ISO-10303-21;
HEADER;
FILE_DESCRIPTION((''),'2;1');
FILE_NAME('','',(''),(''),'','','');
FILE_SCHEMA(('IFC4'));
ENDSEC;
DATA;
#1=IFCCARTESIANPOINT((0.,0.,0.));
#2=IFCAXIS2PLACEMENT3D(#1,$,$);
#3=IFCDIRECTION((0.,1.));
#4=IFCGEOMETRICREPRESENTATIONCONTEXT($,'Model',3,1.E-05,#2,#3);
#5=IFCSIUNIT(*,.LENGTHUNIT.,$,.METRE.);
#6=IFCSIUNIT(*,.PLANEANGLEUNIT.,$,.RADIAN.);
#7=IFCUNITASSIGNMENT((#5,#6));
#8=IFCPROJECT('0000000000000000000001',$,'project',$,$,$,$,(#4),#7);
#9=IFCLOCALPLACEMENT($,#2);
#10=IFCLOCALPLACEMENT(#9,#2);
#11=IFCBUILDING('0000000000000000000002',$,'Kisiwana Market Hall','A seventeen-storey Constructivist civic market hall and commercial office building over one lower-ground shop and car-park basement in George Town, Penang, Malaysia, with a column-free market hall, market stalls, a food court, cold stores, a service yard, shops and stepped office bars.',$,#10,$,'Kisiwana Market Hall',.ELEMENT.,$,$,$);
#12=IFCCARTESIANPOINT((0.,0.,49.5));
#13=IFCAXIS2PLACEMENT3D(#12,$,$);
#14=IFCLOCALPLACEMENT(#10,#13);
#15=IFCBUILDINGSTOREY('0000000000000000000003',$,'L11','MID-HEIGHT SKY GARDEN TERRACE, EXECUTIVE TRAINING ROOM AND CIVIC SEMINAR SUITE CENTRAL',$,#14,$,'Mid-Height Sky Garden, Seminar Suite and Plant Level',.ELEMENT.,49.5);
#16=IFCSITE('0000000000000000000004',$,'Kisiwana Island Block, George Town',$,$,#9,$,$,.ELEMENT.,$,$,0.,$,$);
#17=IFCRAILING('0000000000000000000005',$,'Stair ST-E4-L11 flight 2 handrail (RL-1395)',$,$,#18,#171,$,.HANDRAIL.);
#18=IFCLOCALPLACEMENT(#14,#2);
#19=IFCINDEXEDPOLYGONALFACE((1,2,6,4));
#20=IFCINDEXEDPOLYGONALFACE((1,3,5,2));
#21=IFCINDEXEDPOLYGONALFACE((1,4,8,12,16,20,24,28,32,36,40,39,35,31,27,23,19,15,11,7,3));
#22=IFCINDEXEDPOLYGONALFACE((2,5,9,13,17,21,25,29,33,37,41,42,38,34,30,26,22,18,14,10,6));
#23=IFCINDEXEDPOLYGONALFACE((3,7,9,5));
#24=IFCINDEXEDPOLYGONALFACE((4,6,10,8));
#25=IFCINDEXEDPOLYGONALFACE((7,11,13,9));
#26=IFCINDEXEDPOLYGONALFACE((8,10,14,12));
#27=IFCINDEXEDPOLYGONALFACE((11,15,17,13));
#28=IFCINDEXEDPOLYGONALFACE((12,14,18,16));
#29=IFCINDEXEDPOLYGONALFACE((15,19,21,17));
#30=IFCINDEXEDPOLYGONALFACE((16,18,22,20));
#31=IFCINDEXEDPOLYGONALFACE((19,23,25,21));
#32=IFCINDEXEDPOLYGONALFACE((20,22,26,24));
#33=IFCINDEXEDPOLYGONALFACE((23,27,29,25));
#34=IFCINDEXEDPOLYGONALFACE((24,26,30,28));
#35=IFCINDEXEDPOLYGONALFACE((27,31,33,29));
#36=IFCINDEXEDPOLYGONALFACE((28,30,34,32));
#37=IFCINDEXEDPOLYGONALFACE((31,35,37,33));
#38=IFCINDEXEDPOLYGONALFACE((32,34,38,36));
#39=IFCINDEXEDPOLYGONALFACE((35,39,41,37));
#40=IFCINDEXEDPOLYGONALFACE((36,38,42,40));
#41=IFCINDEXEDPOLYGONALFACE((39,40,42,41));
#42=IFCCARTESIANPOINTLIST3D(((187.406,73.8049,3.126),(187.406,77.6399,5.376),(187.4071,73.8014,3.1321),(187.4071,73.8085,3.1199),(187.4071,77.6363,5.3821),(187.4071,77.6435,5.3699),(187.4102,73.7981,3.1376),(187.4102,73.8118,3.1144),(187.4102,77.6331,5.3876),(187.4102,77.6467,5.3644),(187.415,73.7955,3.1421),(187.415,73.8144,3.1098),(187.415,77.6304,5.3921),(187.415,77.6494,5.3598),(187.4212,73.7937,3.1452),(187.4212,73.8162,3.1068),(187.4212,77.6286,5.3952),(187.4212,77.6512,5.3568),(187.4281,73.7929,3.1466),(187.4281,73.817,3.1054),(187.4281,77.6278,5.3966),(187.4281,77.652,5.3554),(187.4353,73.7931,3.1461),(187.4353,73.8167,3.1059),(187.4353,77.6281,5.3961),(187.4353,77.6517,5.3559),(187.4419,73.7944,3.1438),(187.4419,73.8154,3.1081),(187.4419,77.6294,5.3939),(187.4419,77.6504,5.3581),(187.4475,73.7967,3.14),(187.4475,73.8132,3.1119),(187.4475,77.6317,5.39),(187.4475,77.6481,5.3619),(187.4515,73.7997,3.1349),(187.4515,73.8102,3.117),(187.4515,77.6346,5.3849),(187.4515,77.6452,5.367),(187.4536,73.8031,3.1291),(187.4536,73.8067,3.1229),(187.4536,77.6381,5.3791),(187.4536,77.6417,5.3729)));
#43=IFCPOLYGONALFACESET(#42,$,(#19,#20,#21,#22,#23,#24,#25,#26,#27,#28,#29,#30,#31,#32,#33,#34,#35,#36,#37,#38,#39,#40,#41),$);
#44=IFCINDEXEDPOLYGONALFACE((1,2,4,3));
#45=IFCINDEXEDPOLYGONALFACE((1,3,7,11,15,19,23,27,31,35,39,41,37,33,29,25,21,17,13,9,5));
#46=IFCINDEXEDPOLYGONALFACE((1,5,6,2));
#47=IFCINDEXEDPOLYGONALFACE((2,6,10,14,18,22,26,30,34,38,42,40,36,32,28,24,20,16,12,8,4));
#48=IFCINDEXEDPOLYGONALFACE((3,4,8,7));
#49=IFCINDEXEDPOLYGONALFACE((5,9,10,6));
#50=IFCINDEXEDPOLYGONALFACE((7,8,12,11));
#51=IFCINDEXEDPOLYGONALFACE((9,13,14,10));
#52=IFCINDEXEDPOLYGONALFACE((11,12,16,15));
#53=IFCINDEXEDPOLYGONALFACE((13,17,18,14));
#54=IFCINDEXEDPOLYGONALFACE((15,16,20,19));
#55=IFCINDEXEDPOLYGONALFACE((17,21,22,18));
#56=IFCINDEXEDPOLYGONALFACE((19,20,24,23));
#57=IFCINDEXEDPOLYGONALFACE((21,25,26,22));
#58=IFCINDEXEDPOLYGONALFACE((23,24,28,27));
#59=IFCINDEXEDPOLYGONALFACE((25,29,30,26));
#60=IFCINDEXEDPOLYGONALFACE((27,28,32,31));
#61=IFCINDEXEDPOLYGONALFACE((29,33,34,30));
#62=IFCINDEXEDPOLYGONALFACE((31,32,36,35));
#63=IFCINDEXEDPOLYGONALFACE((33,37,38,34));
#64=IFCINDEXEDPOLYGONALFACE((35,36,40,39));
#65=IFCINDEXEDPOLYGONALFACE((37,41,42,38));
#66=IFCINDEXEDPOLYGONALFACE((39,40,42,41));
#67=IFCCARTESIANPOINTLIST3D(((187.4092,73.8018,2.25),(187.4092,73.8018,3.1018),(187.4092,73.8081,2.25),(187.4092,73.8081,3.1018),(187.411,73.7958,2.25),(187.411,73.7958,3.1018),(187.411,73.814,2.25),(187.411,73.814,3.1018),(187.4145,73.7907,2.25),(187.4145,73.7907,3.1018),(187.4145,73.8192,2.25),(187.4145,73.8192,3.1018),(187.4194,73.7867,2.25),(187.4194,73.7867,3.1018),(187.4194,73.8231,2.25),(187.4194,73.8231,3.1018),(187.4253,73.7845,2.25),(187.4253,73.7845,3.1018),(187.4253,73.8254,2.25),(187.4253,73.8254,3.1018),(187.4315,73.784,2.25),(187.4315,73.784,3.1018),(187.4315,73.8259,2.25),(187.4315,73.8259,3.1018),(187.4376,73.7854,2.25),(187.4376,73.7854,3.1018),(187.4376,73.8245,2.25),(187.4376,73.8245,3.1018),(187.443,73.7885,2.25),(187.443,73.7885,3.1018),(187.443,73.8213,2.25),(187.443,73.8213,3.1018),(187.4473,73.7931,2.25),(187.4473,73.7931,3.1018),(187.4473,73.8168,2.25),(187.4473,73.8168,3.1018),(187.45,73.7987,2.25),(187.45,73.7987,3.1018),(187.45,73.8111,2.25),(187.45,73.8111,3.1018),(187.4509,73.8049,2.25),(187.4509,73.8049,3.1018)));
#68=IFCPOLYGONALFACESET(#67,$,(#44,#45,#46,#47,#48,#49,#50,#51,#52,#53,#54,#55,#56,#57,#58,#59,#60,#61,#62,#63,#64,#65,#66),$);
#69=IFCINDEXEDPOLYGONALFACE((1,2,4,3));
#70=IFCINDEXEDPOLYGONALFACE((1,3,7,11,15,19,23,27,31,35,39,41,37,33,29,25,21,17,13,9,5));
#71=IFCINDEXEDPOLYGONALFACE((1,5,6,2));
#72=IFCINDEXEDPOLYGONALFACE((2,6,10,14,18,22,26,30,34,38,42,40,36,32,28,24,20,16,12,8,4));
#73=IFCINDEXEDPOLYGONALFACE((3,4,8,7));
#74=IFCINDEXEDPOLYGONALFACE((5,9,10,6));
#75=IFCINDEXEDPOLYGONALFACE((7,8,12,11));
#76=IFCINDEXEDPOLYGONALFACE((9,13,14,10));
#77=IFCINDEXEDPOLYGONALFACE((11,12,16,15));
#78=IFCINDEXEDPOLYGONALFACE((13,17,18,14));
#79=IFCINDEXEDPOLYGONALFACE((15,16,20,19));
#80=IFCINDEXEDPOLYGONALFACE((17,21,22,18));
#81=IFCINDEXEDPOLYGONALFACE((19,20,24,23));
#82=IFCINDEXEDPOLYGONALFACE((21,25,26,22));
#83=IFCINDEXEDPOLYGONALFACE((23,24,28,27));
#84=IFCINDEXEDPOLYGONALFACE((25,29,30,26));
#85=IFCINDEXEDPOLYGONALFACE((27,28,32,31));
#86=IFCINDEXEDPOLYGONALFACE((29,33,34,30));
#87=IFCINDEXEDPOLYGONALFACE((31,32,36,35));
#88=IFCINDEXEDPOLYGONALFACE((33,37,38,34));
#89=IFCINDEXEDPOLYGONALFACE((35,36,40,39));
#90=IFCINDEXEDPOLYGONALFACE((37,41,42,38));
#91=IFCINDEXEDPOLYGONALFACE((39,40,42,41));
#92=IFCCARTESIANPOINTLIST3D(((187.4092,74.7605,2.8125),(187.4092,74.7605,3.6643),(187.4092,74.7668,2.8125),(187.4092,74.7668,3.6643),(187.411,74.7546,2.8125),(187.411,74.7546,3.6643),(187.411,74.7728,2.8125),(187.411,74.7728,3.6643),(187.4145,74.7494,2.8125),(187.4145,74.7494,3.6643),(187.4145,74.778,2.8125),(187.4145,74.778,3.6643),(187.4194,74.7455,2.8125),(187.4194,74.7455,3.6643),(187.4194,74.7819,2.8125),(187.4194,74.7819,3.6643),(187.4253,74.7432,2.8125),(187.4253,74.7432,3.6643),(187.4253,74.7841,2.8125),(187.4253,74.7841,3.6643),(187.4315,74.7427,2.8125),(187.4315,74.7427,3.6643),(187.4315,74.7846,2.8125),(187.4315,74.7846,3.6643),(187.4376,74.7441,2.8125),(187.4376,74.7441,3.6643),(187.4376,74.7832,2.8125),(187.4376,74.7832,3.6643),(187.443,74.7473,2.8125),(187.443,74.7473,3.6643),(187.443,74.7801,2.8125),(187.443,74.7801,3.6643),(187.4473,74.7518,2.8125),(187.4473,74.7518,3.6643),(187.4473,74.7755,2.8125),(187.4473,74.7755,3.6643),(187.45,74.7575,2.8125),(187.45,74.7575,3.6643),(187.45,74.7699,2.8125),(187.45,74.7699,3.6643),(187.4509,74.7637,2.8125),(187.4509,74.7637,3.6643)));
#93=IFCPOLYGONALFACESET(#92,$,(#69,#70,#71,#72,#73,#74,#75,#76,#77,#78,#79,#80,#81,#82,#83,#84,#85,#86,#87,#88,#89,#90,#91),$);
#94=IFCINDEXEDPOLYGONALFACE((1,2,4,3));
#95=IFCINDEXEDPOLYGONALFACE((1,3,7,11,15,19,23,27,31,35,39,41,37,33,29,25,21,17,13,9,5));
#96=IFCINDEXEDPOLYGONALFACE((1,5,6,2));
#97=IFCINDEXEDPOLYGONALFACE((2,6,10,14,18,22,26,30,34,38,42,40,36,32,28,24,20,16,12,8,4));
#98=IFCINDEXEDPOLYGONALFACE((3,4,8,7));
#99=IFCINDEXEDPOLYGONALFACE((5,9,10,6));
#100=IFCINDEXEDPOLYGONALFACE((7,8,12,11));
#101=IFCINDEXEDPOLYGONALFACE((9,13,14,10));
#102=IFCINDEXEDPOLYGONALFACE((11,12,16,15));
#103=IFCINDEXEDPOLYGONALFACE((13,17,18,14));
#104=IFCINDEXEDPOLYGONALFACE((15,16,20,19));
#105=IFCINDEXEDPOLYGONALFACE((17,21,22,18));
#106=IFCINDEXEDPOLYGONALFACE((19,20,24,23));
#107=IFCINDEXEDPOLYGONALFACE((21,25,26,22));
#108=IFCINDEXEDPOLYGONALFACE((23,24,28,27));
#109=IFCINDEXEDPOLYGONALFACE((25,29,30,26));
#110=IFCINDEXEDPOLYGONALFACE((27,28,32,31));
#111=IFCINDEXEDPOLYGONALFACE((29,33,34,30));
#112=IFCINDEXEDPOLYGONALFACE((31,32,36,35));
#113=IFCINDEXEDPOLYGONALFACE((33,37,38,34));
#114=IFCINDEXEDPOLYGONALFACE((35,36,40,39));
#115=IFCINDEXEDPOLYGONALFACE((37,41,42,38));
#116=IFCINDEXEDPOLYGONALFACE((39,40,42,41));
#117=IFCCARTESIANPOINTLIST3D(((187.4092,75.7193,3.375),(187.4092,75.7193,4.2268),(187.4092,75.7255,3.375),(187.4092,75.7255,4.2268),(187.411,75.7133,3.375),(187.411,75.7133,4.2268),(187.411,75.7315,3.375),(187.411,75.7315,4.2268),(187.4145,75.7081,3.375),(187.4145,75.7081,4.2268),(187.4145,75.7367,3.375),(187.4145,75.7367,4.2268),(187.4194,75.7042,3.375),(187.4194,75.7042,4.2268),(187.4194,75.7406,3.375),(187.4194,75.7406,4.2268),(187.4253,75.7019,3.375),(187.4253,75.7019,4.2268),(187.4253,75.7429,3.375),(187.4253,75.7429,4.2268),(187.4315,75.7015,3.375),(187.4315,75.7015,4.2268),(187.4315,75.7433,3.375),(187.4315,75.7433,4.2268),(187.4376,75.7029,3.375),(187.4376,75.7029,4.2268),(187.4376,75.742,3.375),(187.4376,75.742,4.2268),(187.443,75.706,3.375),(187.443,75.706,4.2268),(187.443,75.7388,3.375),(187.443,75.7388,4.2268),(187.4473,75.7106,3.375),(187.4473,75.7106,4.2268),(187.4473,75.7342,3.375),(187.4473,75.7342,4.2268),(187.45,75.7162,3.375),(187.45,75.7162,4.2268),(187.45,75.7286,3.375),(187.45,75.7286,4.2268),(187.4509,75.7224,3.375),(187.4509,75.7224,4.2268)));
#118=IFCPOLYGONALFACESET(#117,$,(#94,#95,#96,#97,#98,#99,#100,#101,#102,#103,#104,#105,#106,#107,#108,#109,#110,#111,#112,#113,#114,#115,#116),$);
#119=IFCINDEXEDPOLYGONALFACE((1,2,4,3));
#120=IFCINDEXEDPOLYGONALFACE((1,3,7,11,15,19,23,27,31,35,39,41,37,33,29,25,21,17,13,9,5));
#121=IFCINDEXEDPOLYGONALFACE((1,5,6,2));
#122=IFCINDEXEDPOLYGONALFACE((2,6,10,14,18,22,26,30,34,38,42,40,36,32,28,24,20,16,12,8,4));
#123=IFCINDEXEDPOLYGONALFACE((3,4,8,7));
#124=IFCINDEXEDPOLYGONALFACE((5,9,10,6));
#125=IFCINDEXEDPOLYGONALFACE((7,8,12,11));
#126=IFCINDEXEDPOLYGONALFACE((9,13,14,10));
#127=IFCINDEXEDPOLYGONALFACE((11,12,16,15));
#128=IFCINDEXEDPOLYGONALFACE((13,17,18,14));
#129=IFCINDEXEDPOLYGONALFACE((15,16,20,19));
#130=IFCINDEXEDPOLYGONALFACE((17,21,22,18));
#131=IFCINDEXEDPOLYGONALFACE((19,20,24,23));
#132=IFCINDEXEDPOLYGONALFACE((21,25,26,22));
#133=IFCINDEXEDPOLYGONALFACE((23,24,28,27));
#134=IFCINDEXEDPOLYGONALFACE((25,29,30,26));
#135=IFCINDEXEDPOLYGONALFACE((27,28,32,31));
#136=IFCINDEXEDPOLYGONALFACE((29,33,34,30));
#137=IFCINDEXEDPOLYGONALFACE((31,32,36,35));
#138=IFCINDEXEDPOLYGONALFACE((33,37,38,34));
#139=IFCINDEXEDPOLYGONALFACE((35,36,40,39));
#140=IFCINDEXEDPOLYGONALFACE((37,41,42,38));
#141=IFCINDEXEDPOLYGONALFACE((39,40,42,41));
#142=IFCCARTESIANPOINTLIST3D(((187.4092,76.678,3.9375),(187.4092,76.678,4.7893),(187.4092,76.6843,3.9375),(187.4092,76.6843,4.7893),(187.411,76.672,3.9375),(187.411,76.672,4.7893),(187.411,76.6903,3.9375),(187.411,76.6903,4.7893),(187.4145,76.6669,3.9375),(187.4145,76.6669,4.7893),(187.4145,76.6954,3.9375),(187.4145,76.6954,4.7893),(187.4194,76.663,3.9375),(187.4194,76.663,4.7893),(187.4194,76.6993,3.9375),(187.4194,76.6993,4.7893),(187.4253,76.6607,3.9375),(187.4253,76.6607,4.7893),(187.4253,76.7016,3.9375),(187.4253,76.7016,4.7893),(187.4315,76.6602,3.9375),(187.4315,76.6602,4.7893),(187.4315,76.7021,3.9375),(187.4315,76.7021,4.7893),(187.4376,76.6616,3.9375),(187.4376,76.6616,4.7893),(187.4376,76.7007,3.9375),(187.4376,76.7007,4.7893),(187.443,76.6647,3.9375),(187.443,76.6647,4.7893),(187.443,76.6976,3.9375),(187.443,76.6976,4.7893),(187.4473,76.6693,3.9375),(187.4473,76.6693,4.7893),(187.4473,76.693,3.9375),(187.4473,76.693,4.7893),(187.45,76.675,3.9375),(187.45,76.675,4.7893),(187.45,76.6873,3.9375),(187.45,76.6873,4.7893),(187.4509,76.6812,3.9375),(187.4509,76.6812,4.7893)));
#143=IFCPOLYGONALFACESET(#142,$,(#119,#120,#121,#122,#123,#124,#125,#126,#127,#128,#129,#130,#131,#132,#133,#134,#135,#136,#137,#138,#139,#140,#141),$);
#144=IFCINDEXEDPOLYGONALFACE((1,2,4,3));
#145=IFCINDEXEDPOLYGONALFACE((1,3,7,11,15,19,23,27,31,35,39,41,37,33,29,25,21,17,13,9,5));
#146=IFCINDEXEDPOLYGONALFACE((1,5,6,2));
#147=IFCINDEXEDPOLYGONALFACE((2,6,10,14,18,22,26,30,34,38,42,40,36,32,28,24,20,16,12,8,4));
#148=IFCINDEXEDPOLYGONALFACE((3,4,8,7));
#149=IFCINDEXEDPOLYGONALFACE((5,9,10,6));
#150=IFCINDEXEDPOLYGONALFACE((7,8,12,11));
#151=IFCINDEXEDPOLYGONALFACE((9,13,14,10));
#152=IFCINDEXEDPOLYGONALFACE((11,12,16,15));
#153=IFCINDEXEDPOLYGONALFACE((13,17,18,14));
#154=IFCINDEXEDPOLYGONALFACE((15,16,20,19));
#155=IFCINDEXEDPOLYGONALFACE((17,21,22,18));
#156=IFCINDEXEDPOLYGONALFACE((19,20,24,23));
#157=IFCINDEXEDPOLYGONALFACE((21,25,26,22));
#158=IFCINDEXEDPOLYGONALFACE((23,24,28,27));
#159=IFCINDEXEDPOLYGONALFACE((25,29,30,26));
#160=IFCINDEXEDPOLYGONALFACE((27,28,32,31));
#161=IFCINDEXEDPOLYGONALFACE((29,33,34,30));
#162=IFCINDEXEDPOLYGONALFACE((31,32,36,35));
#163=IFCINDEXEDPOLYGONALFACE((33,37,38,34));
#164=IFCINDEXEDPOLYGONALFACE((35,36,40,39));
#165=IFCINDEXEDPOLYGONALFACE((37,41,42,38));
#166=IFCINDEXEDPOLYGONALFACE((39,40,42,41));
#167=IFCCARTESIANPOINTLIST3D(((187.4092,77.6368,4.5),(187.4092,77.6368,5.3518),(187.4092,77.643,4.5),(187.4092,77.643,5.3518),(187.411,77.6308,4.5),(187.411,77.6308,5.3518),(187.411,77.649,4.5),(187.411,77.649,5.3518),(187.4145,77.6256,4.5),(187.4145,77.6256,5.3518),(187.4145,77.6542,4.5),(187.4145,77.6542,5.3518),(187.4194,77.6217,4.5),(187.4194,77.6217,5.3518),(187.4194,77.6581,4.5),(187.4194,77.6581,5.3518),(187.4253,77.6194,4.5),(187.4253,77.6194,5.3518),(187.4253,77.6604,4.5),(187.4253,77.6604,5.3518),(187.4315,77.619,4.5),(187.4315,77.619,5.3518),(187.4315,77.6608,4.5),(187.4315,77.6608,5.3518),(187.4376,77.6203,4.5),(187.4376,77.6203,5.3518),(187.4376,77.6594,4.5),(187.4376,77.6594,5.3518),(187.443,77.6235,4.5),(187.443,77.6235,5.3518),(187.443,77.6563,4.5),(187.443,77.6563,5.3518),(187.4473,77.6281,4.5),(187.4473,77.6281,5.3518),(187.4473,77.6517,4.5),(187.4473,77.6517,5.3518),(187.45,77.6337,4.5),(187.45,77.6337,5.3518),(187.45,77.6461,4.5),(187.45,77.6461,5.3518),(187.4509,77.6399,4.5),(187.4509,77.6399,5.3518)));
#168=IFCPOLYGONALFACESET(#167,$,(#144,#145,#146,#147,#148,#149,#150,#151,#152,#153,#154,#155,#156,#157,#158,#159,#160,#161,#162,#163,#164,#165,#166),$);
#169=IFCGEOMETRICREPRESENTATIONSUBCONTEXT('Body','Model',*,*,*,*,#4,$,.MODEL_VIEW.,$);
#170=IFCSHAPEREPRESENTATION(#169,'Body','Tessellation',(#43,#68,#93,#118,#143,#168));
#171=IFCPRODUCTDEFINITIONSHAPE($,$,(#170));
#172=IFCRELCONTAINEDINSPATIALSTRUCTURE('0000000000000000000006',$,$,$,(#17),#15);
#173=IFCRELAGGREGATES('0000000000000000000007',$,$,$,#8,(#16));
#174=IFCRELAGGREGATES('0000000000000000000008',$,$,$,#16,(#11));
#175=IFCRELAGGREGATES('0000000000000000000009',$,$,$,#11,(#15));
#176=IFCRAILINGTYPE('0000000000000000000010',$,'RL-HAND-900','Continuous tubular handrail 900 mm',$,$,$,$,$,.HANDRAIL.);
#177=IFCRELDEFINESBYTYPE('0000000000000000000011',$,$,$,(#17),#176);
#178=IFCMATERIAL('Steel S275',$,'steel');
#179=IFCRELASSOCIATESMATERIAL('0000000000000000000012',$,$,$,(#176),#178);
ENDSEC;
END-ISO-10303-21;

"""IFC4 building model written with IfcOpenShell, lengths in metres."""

from ifc_helpers import new_model, si_unit, direction, frame, origin, origin_2d, place, context, subcontext, project, spatial, circle, extrude, material, type_object, element, save


model = new_model("IFC4")

# Units and contexts
model_context = context("Model", 3, precision=1e-05, world=origin(), true_north=direction((0.0, 1.0)))
body_context = subcontext(model_context, "Body", "Model", "MODEL_VIEW")
ifc_project = project(units=[si_unit("LENGTHUNIT", "METRE"), si_unit("PLANEANGLEUNIT", "RADIAN")], contexts=[model_context])

# Site, building, storey
site_placement = place(None, origin())
site = spatial("IfcSite", under=ifc_project, at=site_placement, Name="Kisiwana Island Block, George Town", CompositionType="ELEMENT", RefElevation=0.0)
building_placement = place(site_placement, origin())
building = spatial("IfcBuilding", under=site, at=building_placement, Name="Kisiwana Market Hall", Description="A seventeen-storey Constructivist civic market hall and commercial office building over one lower-ground shop and car-park basement in George Town, Penang, Malaysia, with a column-free market hall, market stalls, a food court, cold stores, a service yard, shops and stepped office bars.", LongName="Kisiwana Market Hall", CompositionType="ELEMENT")
storey_placement = place(building_placement, frame((0.0, 0.0, 49.5)))
storey = spatial("IfcBuildingStorey", under=building, at=storey_placement, Name="L11", Description="MID-HEIGHT SKY GARDEN TERRACE, EXECUTIVE TRAINING ROOM AND CIVIC SEMINAR SUITE CENTRAL", LongName="Mid-Height Sky Garden, Seminar Suite and Plant Level", CompositionType="ELEMENT", Elevation=49.5)

# Railing
ifc_material_1 = material(Name="Steel S275", Category="steel")
railing_type_1 = type_object("IfcRailingType", Name="RL-HAND-900", Description="Continuous tubular handrail 900 mm", PredefinedType="HANDRAIL", material=ifc_material_1)
railing_1_placement = place(storey_placement, frame((187.4299, 73.8049, 2.25)))
element("IfcRailing", 1, at=railing_1_placement, inside=storey, type_object=railing_type_1, Name="Stair ST-E4-L11 flight 2 handrail (RL-1395)", PredefinedType="HANDRAIL", context=body_context, shape_type="SweptSolid", body=[
    extrude(circle(Radius=0.0239, at=origin_2d()), frame((0.0, 0.0, 0.876), z_axis=(0.0, 0.86251, 0.506041), x_axis=(-1.0, 0.0, 0.0)), (0.0, 0.0, 1.0), 4.4463),
    extrude(circle(Radius=0.021, at=origin_2d()), origin(), (0.0, 0.0, 1.0), 0.8518),
    extrude(circle(Radius=0.021, at=origin_2d()), frame((0.0, 0.9587, 0.5625)), (0.0, 0.0, 1.0), 0.8518),
    extrude(circle(Radius=0.021, at=origin_2d()), frame((0.0, 1.9175, 1.125)), (0.0, 0.0, 1.0), 0.8518),
    extrude(circle(Radius=0.021, at=origin_2d()), frame((0.0, 2.8762, 1.6875)), (0.0, 0.0, 1.0), 0.8518),
    extrude(circle(Radius=0.021, at=origin_2d()), frame((0.0, 3.835, 2.25)), (0.0, 0.0, 1.0), 0.8518),
])

save(model, "model.ifc")
